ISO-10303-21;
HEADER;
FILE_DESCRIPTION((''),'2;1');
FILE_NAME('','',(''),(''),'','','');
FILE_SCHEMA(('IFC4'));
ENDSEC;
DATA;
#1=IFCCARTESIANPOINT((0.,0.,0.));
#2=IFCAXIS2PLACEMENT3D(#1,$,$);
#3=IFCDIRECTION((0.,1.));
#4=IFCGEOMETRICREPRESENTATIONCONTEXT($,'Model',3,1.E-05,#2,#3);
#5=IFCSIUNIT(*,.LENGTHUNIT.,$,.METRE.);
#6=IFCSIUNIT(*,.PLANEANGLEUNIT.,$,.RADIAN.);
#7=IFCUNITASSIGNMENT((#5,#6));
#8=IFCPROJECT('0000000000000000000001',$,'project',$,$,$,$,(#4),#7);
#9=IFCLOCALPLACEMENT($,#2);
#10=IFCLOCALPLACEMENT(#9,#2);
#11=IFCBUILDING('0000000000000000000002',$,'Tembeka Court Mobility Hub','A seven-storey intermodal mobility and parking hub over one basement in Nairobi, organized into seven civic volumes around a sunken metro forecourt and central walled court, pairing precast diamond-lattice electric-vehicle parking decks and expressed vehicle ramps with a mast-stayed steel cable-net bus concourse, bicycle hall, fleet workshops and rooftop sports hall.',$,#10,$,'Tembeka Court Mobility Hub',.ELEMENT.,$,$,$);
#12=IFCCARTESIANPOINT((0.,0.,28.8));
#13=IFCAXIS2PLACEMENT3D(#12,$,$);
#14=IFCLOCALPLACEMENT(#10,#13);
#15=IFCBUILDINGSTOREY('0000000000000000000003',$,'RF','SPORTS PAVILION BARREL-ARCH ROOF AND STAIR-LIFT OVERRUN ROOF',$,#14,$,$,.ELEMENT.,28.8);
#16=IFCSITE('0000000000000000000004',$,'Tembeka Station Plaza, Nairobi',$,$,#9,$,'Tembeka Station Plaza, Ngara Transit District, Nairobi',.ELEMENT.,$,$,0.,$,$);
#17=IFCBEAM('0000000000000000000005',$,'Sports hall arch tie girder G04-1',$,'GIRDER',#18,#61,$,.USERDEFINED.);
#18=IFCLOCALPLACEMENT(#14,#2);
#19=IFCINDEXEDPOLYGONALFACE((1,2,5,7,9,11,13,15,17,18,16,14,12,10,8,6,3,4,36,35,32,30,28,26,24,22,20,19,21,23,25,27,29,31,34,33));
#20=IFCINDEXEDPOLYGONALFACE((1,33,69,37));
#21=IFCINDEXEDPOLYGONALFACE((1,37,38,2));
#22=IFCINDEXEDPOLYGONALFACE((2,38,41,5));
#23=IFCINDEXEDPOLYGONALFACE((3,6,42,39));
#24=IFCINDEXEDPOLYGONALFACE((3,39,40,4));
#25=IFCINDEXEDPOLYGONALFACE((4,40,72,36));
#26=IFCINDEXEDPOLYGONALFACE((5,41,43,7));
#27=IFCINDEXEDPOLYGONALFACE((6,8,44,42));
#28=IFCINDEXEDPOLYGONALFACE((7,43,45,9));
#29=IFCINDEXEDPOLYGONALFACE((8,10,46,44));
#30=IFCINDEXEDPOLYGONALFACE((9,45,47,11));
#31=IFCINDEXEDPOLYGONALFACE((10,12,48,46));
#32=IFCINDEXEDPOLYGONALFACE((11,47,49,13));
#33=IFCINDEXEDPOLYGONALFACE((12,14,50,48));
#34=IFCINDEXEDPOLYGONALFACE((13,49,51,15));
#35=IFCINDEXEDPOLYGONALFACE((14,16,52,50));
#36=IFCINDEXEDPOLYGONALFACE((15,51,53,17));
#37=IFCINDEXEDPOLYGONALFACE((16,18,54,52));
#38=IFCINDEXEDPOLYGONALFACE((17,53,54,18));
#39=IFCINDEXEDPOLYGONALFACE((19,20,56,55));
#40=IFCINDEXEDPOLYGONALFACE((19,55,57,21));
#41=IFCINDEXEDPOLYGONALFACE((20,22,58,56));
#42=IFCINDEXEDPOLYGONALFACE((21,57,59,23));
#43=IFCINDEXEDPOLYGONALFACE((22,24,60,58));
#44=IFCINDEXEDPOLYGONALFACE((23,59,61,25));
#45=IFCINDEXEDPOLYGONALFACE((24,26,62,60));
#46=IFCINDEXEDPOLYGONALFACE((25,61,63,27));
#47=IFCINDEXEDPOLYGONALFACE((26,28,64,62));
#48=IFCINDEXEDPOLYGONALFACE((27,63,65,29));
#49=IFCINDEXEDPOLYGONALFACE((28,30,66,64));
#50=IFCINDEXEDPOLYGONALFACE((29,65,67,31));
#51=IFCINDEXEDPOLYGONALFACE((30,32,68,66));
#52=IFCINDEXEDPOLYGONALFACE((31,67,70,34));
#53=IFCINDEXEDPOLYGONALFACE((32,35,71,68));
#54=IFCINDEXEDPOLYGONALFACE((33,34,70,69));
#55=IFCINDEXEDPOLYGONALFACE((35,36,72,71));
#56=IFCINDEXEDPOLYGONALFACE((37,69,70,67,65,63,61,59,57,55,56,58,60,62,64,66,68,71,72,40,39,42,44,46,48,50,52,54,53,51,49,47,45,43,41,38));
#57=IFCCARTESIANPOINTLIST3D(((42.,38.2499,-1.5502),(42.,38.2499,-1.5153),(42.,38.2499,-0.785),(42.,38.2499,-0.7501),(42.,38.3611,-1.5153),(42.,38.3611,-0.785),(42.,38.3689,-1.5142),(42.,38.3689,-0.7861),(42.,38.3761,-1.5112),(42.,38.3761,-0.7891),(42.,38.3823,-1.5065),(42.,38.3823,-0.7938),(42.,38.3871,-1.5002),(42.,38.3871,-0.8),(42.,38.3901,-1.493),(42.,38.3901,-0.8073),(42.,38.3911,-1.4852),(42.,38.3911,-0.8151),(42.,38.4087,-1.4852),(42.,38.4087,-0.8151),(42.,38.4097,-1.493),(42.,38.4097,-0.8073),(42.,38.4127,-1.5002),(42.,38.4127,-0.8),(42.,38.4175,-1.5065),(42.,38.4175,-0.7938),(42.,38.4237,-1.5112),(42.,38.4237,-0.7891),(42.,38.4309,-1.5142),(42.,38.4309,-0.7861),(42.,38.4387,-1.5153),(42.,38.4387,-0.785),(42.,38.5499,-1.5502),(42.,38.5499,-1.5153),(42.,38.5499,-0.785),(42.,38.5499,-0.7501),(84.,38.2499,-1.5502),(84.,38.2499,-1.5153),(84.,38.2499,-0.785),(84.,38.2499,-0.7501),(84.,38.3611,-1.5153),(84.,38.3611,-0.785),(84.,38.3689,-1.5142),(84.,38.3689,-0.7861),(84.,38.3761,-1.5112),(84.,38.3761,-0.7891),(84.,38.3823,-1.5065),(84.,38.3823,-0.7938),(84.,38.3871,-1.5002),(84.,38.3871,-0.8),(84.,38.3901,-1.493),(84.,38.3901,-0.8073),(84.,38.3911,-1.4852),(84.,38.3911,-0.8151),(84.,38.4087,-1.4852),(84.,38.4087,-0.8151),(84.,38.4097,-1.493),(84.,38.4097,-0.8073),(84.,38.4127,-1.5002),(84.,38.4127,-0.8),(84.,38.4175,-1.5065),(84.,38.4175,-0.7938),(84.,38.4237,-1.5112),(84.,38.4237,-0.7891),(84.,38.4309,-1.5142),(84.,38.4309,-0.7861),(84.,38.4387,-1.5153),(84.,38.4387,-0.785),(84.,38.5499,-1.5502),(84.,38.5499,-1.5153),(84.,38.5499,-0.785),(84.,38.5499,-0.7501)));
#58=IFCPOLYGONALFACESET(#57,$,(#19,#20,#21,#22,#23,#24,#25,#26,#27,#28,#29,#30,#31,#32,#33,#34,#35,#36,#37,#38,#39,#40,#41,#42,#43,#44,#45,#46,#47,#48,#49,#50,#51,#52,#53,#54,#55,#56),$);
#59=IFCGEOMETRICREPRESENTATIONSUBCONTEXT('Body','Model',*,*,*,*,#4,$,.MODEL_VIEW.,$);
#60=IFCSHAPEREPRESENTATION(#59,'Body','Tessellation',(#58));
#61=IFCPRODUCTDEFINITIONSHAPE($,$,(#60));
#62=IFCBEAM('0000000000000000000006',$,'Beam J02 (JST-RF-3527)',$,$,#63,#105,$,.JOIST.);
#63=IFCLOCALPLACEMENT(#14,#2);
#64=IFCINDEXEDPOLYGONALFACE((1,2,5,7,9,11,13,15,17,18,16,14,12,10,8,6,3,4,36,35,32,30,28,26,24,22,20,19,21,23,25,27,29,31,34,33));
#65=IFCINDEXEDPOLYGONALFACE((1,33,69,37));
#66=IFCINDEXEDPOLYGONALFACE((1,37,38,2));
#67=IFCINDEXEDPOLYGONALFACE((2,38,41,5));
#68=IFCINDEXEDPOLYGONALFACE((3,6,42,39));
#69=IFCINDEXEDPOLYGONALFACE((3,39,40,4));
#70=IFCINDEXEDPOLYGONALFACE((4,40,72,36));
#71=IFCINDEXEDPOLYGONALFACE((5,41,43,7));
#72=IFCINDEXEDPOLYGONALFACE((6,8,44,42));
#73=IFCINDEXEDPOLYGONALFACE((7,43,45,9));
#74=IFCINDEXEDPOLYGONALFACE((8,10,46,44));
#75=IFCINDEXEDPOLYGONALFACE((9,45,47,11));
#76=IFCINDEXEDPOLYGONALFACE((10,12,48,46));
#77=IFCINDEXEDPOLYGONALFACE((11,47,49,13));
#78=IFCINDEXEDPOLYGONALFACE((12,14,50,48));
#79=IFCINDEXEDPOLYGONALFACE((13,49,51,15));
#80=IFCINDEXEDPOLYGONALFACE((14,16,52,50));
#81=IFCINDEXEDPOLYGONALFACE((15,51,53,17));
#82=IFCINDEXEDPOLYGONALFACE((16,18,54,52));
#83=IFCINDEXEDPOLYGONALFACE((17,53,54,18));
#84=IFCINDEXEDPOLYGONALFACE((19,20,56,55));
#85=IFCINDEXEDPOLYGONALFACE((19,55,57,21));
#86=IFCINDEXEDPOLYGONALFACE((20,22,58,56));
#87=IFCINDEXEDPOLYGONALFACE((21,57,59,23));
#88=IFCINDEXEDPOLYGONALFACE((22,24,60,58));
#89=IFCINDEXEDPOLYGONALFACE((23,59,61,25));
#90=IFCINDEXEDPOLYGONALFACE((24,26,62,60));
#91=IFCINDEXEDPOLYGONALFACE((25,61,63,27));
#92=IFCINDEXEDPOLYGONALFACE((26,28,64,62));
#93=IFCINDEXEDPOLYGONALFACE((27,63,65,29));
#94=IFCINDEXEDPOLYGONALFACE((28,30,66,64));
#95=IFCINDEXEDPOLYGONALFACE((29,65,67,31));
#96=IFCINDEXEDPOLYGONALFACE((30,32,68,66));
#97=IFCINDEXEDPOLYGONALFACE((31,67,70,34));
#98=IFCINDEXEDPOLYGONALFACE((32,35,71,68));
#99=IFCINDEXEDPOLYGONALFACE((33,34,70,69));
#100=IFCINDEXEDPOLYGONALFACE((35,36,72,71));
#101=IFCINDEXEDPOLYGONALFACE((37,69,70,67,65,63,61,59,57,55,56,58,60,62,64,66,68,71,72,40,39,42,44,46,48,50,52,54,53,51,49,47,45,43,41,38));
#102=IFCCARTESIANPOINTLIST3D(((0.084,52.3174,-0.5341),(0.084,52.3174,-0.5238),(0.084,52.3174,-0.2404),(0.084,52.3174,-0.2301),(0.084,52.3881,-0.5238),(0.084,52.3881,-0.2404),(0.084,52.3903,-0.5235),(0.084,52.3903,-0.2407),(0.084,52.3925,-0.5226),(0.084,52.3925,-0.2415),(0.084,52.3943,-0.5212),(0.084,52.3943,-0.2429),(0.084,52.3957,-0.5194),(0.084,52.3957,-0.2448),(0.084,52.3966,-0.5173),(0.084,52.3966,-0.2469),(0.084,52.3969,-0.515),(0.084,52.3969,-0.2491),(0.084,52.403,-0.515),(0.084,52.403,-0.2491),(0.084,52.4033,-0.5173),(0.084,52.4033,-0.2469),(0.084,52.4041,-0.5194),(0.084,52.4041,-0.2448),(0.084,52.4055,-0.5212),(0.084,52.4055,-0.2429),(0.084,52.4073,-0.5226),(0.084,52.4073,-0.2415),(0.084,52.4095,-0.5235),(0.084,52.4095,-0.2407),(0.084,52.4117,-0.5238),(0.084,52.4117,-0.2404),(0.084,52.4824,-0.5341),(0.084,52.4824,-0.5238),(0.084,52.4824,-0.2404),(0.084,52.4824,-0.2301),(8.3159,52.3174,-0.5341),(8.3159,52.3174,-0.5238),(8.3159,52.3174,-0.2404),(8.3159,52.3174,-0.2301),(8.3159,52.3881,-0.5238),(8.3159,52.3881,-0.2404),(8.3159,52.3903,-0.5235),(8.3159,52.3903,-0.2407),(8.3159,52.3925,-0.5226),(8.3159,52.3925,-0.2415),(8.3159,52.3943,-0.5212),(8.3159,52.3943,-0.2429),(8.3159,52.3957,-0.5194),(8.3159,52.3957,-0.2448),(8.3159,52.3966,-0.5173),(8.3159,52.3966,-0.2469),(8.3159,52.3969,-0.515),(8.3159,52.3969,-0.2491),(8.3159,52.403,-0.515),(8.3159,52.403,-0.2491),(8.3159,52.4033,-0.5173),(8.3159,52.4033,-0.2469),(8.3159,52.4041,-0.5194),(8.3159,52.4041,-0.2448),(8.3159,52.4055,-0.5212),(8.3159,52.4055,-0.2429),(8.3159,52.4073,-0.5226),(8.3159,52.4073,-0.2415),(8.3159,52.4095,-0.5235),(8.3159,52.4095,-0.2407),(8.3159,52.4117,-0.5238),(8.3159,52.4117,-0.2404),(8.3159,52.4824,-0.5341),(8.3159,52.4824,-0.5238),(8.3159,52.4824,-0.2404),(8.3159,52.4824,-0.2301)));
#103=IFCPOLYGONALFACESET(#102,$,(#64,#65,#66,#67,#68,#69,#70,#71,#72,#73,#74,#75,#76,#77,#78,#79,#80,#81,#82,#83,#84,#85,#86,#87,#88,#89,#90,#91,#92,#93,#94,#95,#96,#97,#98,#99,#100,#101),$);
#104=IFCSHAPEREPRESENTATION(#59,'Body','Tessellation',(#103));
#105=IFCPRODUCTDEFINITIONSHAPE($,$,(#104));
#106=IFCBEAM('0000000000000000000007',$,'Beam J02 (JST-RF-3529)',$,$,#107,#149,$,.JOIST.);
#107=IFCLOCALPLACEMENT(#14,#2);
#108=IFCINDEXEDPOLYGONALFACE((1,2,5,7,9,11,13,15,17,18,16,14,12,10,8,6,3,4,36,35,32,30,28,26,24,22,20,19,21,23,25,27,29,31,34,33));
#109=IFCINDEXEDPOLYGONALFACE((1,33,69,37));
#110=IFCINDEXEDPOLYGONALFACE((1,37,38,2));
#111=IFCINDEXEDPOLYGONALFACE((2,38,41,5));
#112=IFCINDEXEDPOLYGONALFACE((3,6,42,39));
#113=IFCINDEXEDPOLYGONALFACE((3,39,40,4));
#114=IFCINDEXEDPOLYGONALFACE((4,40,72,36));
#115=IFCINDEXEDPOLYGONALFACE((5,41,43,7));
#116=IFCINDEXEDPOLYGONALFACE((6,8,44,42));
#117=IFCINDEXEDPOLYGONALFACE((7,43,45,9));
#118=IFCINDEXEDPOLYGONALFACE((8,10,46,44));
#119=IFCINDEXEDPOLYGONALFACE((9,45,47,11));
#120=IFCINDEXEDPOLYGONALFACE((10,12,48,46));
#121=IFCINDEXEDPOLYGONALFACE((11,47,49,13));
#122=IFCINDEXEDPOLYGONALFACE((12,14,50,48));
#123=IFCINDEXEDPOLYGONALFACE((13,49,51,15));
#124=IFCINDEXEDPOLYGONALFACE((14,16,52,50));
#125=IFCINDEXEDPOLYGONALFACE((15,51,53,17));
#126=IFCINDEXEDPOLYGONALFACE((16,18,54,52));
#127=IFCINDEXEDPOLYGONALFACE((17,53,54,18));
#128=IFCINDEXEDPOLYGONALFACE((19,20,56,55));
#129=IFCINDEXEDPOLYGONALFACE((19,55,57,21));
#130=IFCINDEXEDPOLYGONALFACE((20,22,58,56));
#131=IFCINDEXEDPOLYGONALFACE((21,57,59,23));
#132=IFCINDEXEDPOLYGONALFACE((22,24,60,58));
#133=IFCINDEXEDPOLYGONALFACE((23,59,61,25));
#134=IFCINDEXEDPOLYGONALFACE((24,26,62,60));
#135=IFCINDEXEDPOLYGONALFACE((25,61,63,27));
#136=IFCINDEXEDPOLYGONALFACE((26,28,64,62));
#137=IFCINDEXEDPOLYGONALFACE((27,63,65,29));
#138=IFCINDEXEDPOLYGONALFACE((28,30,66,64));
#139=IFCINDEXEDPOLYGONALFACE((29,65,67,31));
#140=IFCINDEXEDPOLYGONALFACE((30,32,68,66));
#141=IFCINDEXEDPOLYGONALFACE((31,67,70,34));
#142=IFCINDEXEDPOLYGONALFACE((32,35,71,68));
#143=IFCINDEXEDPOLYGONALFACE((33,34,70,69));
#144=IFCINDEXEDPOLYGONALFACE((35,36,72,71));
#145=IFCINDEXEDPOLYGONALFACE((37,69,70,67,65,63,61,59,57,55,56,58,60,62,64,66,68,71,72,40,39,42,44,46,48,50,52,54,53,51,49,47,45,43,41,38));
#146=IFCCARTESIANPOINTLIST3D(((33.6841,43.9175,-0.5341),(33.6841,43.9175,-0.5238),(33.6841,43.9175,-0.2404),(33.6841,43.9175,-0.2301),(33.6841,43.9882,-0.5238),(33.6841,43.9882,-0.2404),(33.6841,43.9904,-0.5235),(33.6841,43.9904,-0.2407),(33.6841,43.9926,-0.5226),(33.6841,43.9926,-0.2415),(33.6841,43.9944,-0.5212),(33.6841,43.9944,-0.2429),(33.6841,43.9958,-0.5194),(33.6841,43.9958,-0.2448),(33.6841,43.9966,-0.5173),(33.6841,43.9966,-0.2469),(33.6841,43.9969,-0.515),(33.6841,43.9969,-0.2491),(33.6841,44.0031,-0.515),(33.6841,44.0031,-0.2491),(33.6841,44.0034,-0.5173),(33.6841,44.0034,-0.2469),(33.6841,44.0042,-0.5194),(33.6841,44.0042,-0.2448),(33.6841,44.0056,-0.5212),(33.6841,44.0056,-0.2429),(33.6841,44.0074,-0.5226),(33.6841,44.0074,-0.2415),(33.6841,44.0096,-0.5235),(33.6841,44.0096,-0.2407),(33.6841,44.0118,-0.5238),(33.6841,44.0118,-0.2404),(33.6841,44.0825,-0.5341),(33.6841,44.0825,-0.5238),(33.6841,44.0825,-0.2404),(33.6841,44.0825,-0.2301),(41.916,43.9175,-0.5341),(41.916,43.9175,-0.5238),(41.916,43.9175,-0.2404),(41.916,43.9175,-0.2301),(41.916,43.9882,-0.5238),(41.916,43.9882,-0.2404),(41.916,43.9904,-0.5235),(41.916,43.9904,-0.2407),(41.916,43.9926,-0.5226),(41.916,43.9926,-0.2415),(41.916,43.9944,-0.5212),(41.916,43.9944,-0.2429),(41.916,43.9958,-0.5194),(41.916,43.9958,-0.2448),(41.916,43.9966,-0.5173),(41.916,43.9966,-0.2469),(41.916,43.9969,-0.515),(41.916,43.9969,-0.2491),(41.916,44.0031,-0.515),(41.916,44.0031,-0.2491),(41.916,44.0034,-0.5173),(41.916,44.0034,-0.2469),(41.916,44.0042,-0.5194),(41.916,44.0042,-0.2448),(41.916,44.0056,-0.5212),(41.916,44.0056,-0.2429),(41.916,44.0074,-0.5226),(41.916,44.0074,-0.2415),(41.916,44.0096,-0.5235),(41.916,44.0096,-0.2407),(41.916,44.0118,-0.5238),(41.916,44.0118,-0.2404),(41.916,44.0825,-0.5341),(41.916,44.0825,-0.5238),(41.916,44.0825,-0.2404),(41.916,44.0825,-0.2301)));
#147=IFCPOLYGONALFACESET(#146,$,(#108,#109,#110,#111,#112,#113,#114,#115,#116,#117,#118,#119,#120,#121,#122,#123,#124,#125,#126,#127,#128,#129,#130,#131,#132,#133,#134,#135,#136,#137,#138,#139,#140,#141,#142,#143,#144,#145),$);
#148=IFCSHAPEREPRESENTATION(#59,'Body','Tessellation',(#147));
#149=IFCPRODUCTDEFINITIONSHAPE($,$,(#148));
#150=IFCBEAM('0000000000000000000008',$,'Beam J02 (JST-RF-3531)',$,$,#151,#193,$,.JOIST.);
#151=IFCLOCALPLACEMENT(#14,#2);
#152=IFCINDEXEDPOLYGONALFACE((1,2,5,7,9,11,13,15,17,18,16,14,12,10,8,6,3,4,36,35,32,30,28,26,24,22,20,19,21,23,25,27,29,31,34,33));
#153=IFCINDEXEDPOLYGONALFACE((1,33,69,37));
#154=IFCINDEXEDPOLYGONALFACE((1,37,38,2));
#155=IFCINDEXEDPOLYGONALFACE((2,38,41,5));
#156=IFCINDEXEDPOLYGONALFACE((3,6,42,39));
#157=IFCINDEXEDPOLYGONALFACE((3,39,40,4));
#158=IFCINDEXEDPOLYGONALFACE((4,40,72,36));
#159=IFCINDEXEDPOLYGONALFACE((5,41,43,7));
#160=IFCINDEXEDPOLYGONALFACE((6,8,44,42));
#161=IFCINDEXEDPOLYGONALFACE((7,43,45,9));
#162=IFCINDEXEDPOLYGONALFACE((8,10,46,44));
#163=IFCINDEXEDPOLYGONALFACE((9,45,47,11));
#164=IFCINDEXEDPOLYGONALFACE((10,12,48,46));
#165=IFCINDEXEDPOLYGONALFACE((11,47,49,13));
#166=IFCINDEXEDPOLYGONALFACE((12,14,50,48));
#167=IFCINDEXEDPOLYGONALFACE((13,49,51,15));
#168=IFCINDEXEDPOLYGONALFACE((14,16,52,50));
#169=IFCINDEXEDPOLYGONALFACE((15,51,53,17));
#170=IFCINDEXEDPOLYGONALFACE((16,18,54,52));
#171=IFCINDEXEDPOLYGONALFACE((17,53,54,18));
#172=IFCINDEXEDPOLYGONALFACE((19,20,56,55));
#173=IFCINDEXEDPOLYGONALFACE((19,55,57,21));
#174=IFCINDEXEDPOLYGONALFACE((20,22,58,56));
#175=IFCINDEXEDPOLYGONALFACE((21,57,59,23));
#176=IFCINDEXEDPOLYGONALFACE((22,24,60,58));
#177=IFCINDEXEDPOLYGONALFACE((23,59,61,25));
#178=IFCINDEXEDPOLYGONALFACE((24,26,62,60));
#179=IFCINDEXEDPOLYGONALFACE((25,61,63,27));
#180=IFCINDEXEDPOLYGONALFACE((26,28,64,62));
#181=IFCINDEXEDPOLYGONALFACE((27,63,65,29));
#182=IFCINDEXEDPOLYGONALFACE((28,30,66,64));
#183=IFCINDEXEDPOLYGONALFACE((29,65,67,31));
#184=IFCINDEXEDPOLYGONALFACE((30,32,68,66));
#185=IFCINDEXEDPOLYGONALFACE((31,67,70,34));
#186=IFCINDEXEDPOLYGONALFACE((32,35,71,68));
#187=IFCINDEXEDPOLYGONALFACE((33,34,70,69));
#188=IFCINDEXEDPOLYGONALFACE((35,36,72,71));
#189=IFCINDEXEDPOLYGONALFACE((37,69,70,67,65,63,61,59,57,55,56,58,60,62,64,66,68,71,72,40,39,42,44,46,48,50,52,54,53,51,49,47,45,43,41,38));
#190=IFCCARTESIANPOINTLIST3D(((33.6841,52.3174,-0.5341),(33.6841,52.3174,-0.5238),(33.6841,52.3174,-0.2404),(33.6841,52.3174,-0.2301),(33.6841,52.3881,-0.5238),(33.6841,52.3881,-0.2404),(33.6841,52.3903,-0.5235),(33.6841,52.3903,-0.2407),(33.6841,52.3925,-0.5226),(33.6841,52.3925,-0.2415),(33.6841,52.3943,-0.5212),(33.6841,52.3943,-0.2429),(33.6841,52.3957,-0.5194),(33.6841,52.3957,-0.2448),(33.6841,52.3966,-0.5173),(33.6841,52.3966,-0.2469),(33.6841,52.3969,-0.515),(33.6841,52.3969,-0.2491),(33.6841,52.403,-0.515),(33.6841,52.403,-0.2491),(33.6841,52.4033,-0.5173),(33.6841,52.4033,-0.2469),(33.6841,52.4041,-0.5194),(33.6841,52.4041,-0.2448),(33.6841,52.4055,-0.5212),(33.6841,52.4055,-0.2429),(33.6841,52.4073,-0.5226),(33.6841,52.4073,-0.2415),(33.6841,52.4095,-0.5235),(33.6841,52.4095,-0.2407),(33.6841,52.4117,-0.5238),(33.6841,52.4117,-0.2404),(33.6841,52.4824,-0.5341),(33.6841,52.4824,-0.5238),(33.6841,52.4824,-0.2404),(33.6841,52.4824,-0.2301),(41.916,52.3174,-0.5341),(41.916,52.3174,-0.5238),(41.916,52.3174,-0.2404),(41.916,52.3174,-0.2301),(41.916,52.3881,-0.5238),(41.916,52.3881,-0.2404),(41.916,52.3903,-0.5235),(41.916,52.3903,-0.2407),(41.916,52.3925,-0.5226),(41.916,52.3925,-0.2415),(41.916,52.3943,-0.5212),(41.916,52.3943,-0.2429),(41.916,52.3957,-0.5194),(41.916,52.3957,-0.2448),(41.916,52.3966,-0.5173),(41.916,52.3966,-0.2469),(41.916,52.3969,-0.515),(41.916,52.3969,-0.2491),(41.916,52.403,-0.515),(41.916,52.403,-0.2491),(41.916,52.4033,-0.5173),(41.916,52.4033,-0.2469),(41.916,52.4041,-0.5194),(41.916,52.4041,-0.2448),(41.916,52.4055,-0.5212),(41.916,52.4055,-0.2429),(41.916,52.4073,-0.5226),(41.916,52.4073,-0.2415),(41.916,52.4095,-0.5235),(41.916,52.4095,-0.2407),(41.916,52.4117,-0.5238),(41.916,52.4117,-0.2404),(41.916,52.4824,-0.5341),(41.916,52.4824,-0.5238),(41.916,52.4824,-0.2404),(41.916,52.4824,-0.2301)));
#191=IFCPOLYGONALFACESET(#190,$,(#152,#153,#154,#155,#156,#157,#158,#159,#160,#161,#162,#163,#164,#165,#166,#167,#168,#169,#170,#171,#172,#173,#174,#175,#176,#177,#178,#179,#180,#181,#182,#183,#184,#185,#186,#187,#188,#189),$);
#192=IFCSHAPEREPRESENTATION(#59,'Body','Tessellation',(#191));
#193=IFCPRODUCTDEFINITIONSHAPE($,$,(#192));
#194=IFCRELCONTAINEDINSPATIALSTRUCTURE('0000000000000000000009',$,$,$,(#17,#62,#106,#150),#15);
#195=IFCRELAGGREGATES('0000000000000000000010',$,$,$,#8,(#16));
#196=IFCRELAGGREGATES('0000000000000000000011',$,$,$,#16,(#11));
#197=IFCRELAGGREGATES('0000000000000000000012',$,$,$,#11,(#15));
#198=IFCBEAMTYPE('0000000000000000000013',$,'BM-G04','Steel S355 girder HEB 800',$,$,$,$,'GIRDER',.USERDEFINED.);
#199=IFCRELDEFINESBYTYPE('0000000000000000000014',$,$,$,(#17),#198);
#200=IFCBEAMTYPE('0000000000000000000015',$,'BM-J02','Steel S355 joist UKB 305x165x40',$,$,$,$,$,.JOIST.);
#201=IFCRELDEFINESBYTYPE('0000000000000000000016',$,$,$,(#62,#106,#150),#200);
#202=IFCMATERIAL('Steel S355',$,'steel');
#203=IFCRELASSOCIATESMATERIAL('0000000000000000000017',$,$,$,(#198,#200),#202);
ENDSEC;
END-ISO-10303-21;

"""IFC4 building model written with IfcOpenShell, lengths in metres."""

from ifc_helpers import new_model, si_unit, direction, frame, origin, origin_2d, place, context, subcontext, project, spatial, i_section, extrude, material, material_profile, profile_set, type_object, element, save


model = new_model("IFC4")

# Units and contexts
model_context = context("Model", 3, precision=1e-05, world=origin(), true_north=direction((0.0, 1.0)))
body_context = subcontext(model_context, "Body", "Model", "MODEL_VIEW")
ifc_project = project(units=[si_unit("LENGTHUNIT", "METRE"), si_unit("PLANEANGLEUNIT", "RADIAN")], contexts=[model_context])

# Site, building, storey
site_placement = place(None, origin())
site = spatial("IfcSite", under=ifc_project, at=site_placement, Name="Tembeka Station Plaza, Nairobi", LongName="Tembeka Station Plaza, Ngara Transit District, Nairobi", CompositionType="ELEMENT", RefElevation=0.0)
building_placement = place(site_placement, origin())
building = spatial("IfcBuilding", under=site, at=building_placement, Name="Tembeka Court Mobility Hub", Description="A seven-storey intermodal mobility and parking hub over one basement in Nairobi, organized into seven civic volumes around a sunken metro forecourt and central walled court, pairing precast diamond-lattice electric-vehicle parking decks and expressed vehicle ramps with a mast-stayed steel cable-net bus concourse, bicycle hall, fleet workshops and rooftop sports hall.", LongName="Tembeka Court Mobility Hub", CompositionType="ELEMENT")
storey_placement = place(building_placement, frame((0.0, 0.0, 28.8)))
storey = spatial("IfcBuildingStorey", under=building, at=storey_placement, Name="RF", Description="SPORTS PAVILION BARREL-ARCH ROOF AND STAIR-LIFT OVERRUN ROOF", CompositionType="ELEMENT", Elevation=28.8)

# Beams
ifc_material_1 = material(Name="Steel S355", Category="steel")
ifc_material_profile_1 = material_profile(ifc_material_1, i_section(OverallWidth=0.3, OverallDepth=0.8, WebThickness=0.0176, FlangeThickness=0.0349, FilletRadius=0.03, at=origin_2d()), Name="HEB 800")
ifc_profile_set_1 = profile_set([ifc_material_profile_1], Name="Steel S355")
beam_type_1 = type_object("IfcBeamType", Name="BM-G04", Description="Steel S355 girder HEB 800", ElementType="GIRDER", PredefinedType="USERDEFINED", material=ifc_profile_set_1)
beam_1_placement = place(storey_placement, frame((42.0, 38.3999, -1.1501), z_axis=(1.0, 0.0, 0.0), x_axis=(0.0, 1.0, 0.0)))
element("IfcBeam", 1, at=beam_1_placement, inside=storey, type_object=beam_type_1, Name="Sports hall arch tie girder G04-1", ObjectType="GIRDER", PredefinedType="USERDEFINED", context=body_context, shape_type="SweptSolid", body=[
    extrude(i_section(OverallWidth=0.3, OverallDepth=0.8, WebThickness=0.0176, FlangeThickness=0.0349, FilletRadius=0.03, at=origin_2d()), origin(), (0.0, 0.0, 1.0), 42.0),
])
ifc_material_profile_2 = material_profile(ifc_material_1, i_section(OverallWidth=0.165, OverallDepth=0.304, WebThickness=0.0061, FlangeThickness=0.0103, FilletRadius=0.0088, at=origin_2d()), Name="UKB 305x165x40")
ifc_profile_set_2 = profile_set([ifc_material_profile_2], Name="Steel S355")
beam_type_2 = type_object("IfcBeamType", Name="BM-J02", Description="Steel S355 joist UKB 305x165x40", PredefinedType="JOIST", material=ifc_profile_set_2)
for number, where, z_axis, x_axis, name in (
    (2, (0.084, 52.3999, -0.3821), (1.0, 0.0, 0.0), (0.0, 1.0, 0.0), "Beam J02 (JST-RF-3527)"),
    (3, (33.6841, 44.0, -0.3821), (1.0, 0.0, 0.0), (0.0, 1.0, 0.0), "Beam J02 (JST-RF-3529)"),
    (4, (33.6841, 52.3999, -0.3821), (1.0, 0.0, 0.0), (0.0, 1.0, 0.0), "Beam J02 (JST-RF-3531)"),
):
    element("IfcBeam", number, at=place(storey_placement, frame(where, z_axis=z_axis, x_axis=x_axis)), inside=storey, type_object=beam_type_2, Name=name, PredefinedType="JOIST", context=body_context, shape_type="SweptSolid", body=[
        extrude(i_section(OverallWidth=0.165, OverallDepth=0.304, WebThickness=0.0061, FlangeThickness=0.0103, FilletRadius=0.0088, at=origin_2d()), origin(), (0.0, 0.0, 1.0), 8.2319),
    ])

save(model, "model.ifc")
